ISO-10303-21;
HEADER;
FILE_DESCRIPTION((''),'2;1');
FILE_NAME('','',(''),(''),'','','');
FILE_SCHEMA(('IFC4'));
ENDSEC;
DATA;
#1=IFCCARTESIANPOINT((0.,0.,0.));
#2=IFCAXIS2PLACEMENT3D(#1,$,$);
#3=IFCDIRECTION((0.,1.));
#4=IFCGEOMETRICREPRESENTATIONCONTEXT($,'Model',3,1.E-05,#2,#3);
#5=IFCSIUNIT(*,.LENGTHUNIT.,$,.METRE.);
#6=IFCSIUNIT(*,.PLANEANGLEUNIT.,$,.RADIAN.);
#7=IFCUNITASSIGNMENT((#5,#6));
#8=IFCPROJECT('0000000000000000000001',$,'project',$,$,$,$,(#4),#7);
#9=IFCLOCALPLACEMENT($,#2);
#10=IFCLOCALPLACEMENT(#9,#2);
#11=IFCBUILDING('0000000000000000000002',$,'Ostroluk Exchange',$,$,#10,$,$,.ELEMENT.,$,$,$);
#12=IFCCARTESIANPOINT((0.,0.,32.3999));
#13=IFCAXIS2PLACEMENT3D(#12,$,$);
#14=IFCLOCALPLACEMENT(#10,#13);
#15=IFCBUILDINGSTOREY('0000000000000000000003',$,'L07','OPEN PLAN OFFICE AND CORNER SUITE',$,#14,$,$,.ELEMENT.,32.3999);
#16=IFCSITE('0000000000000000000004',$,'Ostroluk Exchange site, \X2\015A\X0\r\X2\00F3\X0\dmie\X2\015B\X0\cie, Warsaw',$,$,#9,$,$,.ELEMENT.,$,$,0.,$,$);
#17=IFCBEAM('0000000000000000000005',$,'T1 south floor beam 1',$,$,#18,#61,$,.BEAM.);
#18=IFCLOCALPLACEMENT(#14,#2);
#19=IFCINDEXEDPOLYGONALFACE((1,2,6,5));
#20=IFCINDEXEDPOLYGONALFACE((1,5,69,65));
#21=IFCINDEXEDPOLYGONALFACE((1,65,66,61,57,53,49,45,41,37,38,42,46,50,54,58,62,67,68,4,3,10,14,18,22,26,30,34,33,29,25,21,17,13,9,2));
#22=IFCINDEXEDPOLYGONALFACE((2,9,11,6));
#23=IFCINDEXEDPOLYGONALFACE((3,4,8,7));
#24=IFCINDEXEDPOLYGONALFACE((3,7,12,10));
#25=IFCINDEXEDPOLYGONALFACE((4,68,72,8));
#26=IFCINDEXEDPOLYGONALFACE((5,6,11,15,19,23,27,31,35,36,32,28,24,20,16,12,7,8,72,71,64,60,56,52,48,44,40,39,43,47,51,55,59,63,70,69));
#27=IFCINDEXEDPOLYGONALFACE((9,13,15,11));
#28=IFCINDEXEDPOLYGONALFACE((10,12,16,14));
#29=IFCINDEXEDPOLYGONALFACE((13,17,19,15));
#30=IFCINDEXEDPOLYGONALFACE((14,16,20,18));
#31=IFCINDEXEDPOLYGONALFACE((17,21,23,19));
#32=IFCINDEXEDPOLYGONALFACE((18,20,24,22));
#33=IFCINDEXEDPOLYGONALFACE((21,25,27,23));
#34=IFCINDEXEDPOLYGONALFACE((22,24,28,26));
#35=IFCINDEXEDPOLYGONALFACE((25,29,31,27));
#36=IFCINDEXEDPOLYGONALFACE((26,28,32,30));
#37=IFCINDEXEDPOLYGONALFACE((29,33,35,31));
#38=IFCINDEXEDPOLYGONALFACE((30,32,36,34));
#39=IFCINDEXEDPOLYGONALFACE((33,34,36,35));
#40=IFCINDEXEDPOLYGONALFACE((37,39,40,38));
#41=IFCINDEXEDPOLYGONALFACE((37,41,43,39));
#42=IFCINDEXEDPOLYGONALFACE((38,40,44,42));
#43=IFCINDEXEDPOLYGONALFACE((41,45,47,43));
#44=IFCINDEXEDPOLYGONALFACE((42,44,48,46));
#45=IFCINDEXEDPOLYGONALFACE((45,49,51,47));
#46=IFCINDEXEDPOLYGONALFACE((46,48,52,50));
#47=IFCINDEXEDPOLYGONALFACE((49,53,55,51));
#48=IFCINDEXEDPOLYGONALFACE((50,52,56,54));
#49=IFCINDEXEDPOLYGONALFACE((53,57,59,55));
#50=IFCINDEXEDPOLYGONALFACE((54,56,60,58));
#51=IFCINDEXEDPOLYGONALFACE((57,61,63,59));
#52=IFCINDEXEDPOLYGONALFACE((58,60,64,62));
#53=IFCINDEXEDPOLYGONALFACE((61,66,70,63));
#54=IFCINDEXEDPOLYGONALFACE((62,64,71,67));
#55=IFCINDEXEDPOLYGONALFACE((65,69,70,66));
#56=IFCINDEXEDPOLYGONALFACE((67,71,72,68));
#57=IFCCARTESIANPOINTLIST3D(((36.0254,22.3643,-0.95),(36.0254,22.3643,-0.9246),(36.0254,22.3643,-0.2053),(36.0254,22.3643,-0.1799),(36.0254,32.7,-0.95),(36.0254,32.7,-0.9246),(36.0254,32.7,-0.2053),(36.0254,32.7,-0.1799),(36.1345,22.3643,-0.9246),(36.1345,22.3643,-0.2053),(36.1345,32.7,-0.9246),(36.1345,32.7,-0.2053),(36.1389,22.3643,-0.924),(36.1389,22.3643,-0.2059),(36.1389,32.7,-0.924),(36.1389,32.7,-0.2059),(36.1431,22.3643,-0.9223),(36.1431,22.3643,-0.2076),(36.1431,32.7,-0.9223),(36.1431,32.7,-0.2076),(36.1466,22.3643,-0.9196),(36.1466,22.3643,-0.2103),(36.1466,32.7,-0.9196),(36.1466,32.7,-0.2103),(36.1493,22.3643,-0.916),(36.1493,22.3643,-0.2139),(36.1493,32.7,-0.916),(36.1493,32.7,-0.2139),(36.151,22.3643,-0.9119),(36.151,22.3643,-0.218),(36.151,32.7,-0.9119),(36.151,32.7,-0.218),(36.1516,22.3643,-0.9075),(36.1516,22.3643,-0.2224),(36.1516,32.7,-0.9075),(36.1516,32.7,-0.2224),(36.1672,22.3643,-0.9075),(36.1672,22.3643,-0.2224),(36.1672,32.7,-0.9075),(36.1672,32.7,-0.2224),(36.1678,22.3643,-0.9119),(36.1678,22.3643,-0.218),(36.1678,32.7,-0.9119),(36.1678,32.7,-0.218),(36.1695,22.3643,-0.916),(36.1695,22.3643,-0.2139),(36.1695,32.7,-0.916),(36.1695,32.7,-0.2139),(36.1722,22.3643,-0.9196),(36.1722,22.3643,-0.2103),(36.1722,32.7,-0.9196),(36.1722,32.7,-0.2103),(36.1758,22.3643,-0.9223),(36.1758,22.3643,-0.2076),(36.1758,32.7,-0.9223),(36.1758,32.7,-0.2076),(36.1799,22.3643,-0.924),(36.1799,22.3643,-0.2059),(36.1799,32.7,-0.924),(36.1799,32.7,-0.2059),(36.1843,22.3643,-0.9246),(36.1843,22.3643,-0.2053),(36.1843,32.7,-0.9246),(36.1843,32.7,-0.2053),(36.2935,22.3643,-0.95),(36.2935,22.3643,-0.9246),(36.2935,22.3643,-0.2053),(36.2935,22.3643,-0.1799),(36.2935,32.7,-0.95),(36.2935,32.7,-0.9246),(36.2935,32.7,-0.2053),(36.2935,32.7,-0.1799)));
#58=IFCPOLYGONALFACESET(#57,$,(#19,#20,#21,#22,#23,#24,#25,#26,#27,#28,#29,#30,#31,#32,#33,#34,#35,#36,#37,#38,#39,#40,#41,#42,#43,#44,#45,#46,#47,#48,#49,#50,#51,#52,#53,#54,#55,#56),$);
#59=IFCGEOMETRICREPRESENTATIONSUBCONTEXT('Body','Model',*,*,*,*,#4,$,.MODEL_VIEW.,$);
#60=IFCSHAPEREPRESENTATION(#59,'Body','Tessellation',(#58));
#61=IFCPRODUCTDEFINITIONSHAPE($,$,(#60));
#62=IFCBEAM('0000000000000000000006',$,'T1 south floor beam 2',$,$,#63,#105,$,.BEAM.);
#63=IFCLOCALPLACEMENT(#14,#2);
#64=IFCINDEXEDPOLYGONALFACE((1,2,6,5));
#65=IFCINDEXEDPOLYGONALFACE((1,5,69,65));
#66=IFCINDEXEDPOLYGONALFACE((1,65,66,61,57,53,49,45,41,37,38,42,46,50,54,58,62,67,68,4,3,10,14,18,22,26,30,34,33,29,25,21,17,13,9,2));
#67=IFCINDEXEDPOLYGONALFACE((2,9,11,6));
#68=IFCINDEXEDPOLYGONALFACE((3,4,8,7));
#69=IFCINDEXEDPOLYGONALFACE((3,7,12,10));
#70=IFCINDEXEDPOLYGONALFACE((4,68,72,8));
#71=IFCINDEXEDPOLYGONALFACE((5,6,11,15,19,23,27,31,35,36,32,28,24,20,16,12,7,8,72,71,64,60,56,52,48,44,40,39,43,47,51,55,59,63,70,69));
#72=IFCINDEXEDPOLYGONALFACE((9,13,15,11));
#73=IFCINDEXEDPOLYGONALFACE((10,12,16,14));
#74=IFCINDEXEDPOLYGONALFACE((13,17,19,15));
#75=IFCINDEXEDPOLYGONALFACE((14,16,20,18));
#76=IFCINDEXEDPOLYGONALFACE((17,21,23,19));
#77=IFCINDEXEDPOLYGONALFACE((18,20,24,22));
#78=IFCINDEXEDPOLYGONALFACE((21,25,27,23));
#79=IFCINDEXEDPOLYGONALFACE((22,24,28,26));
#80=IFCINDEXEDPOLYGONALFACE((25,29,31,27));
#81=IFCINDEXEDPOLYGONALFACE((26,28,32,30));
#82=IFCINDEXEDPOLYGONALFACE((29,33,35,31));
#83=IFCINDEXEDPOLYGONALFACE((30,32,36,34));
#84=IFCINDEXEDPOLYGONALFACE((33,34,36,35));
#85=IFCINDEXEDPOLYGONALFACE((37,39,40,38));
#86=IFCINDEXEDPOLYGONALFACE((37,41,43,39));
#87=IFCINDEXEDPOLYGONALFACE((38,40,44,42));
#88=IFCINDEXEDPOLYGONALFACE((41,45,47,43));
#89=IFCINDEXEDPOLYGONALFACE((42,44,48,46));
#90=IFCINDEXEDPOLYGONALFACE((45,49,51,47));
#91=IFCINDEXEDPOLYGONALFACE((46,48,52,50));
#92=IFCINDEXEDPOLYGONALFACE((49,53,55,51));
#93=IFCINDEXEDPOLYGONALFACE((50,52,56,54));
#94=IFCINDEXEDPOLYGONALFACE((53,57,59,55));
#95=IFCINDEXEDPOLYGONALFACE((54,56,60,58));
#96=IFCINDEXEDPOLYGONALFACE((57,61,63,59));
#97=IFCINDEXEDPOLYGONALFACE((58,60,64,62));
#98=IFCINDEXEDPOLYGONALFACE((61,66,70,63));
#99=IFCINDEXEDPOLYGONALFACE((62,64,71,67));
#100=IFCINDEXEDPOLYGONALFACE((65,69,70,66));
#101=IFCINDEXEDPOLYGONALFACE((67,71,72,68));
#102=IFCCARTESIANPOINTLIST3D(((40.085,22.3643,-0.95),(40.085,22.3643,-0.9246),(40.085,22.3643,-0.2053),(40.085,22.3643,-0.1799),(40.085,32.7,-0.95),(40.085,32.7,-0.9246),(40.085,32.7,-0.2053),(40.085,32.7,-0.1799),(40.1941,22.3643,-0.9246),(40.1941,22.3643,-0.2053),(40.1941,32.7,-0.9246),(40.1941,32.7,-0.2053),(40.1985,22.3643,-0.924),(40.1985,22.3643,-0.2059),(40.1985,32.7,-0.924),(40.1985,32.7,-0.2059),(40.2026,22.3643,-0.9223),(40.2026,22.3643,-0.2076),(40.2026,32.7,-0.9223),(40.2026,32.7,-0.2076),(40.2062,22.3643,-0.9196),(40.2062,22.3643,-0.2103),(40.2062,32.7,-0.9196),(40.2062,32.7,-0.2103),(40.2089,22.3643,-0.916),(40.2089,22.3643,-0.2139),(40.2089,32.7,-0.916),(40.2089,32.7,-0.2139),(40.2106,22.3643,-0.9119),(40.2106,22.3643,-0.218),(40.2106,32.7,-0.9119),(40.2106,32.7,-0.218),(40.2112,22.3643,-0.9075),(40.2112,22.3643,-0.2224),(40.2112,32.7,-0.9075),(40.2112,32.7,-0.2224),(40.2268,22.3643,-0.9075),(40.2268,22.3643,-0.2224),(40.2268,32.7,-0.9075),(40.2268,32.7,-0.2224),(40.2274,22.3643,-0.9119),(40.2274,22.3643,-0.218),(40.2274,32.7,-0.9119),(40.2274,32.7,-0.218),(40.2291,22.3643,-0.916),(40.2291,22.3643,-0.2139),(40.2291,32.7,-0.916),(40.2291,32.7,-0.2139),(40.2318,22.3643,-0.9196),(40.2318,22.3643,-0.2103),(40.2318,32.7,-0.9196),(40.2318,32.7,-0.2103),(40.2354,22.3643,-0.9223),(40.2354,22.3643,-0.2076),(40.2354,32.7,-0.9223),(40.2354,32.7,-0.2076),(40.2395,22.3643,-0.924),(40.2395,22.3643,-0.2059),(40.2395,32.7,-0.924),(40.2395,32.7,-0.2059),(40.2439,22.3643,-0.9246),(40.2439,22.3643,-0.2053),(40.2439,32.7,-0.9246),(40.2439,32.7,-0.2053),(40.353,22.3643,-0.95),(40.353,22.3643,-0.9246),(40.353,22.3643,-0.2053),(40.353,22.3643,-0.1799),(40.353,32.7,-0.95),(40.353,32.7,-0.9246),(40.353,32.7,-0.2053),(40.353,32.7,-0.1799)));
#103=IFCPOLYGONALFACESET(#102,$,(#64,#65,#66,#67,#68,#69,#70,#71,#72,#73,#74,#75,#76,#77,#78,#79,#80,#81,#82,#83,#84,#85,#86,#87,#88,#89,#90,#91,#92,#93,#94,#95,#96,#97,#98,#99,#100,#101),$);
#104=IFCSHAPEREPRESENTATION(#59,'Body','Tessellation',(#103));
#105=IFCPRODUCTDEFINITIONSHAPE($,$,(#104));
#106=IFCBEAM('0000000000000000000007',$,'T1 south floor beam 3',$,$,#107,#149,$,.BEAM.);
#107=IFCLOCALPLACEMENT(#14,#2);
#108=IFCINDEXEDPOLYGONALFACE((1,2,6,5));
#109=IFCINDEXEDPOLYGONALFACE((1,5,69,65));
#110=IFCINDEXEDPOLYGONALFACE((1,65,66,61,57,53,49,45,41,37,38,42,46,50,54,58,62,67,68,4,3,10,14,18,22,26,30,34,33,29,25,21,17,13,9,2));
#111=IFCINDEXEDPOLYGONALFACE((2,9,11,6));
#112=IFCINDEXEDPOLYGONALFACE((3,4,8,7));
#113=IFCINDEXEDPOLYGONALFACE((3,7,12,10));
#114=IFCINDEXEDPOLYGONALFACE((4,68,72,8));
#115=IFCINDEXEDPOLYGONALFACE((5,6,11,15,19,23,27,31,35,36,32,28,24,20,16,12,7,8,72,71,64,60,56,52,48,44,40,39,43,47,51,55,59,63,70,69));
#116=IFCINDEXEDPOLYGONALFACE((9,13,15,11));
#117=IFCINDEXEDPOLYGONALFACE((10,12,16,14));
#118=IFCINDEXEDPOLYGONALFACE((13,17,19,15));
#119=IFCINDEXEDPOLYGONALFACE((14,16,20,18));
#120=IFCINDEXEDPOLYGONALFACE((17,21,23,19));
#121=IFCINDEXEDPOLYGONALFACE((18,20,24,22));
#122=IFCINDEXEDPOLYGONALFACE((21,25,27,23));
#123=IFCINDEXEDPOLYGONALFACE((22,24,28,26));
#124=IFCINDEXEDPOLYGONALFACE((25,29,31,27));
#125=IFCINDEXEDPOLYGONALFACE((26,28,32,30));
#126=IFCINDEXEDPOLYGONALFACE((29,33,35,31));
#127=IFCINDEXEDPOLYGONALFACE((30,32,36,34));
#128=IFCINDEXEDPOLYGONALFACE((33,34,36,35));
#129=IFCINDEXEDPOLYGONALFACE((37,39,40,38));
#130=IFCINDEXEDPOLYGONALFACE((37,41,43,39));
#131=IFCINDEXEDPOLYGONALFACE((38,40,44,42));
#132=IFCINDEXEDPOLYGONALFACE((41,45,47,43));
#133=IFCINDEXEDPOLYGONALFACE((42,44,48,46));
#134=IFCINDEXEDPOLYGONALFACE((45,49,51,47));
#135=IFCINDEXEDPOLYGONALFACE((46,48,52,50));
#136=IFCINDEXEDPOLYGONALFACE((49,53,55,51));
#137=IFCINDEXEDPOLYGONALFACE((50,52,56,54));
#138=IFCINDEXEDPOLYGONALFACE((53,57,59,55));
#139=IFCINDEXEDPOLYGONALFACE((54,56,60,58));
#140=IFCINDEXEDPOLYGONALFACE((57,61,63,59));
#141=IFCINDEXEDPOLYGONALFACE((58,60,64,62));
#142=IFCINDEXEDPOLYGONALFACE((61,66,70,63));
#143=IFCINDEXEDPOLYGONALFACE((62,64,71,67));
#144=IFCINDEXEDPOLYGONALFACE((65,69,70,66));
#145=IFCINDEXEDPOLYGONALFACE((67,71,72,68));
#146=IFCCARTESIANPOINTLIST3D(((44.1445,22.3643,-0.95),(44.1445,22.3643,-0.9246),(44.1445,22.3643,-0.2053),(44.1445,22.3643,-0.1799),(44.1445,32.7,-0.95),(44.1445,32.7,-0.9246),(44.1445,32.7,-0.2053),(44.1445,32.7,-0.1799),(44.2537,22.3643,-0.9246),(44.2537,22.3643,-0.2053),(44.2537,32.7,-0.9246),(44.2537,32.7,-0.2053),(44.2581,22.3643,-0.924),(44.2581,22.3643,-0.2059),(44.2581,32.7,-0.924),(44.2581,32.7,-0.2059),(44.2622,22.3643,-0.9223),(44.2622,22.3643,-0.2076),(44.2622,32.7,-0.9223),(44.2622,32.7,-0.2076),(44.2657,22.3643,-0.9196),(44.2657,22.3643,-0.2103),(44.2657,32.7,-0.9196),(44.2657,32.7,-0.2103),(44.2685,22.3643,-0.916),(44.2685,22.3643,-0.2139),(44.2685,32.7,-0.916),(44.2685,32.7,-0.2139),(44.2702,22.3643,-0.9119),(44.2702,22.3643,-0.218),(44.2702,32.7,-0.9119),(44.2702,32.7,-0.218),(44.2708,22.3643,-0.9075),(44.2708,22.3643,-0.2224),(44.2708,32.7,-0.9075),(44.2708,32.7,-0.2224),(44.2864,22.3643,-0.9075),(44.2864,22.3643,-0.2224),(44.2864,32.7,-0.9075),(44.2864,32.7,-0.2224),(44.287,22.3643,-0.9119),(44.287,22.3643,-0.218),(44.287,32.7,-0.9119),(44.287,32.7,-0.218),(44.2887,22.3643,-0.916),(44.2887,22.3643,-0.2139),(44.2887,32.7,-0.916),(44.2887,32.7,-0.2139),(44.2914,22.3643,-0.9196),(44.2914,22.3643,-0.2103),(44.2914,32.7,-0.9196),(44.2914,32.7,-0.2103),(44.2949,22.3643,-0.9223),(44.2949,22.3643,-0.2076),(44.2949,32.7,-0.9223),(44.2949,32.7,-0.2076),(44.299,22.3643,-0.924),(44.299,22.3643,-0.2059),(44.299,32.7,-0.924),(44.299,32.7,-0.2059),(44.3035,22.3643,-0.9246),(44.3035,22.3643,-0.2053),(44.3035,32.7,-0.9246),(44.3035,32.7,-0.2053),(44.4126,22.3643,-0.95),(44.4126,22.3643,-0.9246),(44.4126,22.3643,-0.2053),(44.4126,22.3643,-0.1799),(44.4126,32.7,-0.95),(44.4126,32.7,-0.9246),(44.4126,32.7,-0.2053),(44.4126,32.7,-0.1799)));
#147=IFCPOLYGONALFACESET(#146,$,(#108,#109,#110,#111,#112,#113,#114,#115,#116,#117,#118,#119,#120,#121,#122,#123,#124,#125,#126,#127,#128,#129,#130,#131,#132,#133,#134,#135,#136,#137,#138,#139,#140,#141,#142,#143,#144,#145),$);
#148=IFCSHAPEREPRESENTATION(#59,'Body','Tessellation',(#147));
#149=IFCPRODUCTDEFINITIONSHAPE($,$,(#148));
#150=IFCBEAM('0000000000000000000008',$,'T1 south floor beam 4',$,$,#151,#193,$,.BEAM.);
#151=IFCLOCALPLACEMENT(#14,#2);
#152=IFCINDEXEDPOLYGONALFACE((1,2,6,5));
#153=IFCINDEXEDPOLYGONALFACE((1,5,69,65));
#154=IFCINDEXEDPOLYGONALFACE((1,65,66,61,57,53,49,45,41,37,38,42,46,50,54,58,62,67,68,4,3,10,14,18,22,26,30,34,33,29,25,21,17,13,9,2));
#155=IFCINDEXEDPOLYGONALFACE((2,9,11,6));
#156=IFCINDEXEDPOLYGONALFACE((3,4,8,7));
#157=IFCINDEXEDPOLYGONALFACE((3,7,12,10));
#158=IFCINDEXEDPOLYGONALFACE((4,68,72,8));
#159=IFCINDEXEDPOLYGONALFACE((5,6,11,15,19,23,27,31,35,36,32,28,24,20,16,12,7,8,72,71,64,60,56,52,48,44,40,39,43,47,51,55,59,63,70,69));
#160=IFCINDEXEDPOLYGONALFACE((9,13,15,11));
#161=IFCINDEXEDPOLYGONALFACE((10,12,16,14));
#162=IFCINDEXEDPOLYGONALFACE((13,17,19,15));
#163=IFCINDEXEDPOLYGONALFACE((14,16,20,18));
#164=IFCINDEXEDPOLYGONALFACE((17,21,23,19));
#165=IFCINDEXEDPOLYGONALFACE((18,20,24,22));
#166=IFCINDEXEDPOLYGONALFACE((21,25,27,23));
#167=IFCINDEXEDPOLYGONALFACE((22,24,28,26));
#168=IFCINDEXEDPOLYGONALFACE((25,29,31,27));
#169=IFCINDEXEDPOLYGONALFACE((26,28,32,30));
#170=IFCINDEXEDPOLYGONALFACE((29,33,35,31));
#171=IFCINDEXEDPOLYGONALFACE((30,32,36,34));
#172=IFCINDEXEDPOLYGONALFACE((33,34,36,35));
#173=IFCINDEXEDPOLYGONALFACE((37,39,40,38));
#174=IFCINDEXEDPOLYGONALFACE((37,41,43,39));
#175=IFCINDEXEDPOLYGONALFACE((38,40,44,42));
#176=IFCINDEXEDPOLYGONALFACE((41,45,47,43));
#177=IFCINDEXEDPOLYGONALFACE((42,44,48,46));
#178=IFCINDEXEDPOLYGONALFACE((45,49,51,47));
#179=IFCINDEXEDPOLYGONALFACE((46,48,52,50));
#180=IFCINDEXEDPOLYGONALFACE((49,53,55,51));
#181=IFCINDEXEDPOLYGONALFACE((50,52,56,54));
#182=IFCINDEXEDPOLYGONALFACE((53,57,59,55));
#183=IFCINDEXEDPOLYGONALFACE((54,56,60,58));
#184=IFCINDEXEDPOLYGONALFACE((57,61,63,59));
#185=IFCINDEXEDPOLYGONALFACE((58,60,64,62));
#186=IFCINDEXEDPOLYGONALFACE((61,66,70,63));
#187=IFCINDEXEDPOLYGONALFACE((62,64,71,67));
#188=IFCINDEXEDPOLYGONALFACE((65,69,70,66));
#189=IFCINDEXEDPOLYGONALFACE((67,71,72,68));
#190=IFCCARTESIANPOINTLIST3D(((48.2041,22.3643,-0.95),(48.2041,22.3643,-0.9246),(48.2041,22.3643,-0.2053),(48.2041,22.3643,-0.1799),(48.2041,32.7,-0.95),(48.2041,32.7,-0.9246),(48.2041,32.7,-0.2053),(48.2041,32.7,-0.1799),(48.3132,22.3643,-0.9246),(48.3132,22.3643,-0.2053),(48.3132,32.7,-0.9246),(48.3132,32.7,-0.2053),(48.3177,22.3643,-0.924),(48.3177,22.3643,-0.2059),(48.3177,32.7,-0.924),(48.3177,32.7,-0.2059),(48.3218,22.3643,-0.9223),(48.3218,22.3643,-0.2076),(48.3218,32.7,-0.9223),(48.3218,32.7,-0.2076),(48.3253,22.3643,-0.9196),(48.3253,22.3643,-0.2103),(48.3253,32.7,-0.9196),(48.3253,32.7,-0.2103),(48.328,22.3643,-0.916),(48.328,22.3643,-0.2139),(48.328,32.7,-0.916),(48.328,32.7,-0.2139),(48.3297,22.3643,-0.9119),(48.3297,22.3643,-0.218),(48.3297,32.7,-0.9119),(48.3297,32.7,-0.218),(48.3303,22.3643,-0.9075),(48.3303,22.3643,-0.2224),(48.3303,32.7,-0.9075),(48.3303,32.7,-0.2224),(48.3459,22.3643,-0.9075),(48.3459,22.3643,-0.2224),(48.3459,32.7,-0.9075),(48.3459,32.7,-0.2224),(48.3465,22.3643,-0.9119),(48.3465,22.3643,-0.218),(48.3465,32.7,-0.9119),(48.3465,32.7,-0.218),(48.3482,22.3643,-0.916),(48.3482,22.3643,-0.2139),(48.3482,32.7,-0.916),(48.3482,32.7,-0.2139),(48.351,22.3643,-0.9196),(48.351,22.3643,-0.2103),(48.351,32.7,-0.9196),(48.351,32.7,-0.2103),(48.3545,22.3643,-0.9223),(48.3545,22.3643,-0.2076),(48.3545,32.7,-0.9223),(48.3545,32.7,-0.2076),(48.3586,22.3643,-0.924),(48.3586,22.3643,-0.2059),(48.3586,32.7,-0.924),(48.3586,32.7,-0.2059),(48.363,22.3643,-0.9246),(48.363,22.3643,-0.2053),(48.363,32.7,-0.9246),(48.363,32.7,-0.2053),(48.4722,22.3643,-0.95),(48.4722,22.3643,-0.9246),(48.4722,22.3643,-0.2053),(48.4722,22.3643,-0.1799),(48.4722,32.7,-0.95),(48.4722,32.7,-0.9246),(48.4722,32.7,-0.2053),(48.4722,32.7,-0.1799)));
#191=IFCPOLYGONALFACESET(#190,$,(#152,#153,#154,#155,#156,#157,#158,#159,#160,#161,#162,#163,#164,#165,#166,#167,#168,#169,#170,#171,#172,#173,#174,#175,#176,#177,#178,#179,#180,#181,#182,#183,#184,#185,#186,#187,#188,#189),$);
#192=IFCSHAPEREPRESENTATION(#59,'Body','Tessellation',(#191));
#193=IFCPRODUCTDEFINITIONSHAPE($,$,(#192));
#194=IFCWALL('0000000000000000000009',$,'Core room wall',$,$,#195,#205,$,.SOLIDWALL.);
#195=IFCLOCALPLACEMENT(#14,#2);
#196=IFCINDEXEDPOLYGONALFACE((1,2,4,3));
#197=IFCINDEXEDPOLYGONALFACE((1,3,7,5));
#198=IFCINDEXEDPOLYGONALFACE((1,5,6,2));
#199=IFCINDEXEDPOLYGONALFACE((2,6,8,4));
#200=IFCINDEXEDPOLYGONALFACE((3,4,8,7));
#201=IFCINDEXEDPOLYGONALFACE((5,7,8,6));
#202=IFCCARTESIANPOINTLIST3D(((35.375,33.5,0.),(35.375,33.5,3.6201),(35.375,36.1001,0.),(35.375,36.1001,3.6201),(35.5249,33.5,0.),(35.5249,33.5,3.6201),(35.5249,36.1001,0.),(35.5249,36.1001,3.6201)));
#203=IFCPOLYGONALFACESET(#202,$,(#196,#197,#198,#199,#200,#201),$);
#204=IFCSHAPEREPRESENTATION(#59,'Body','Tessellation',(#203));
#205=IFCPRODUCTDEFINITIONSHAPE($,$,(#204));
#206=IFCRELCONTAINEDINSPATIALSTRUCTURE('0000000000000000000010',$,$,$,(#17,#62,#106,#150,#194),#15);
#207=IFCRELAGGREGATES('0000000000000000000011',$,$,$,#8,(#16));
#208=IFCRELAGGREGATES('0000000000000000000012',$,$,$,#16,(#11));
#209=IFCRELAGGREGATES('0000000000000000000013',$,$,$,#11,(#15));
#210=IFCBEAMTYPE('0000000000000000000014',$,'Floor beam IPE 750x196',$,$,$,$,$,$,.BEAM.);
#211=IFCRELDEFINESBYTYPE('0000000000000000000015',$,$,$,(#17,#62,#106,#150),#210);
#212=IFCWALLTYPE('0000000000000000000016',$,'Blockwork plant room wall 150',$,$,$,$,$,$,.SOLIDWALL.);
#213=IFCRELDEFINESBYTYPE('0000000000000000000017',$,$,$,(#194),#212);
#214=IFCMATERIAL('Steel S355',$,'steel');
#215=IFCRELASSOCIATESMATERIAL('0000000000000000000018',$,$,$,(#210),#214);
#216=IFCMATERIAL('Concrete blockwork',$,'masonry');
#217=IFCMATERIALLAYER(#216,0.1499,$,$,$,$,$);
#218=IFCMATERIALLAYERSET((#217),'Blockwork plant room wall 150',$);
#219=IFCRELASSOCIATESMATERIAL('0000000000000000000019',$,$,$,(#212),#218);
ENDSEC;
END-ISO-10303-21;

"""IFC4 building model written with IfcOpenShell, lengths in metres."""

from ifc_helpers import new_model, si_unit, direction, frame, frame_2d, origin, origin_2d, place, context, subcontext, project, spatial, rectangle, i_section, extrude, material, layer, layer_set, material_profile, profile_set, type_object, element, save


model = new_model("IFC4")

# Units and contexts
model_context = context("Model", 3, precision=1e-05, world=origin(), true_north=direction((0.0, 1.0)))
body_context = subcontext(model_context, "Body", "Model", "MODEL_VIEW")
ifc_project = project(units=[si_unit("LENGTHUNIT", "METRE"), si_unit("PLANEANGLEUNIT", "RADIAN")], contexts=[model_context])

# Site, building, storey
site_placement = place(None, origin())
site = spatial("IfcSite", under=ifc_project, at=site_placement, Name="Ostroluk Exchange site, Śródmieście, Warsaw", CompositionType="ELEMENT", RefElevation=0.0)
building_placement = place(site_placement, origin())
building = spatial("IfcBuilding", under=site, at=building_placement, Name="Ostroluk Exchange", CompositionType="ELEMENT")
storey_placement = place(building_placement, frame((0.0, 0.0, 32.3999)))
storey = spatial("IfcBuildingStorey", under=building, at=storey_placement, Name="L07", Description="OPEN PLAN OFFICE AND CORNER SUITE", CompositionType="ELEMENT", Elevation=32.3999)

# Beams
ifc_material_1 = material(Name="Steel S355", Category="steel")
ifc_material_profile = material_profile(ifc_material_1, i_section(OverallWidth=0.2681, OverallDepth=0.77, WebThickness=0.0156, FlangeThickness=0.0254, FilletRadius=0.0171, at=origin_2d()), Name="IPE 750x196")
ifc_profile_set = profile_set([ifc_material_profile], Name="Steel S355")
beam_type = type_object("IfcBeamType", Name="Floor beam IPE 750x196", PredefinedType="BEAM", material=ifc_profile_set)
for number, where, z_axis, x_axis, name in (
    (1, (36.1594, 32.7, -0.5649), (0.0, -1.0, 0.0), (1.0, 0.0, 0.0), "T1 south floor beam 1"),
    (2, (40.219, 32.7, -0.5649), (0.0, -1.0, 0.0), (1.0, 0.0, 0.0), "T1 south floor beam 2"),
    (3, (44.2786, 32.7, -0.5649), (0.0, -1.0, 0.0), (1.0, 0.0, 0.0), "T1 south floor beam 3"),
    (4, (48.3381, 32.7, -0.5649), (0.0, -1.0, 0.0), (1.0, 0.0, 0.0), "T1 south floor beam 4"),
):
    element("IfcBeam", number, at=place(storey_placement, frame(where, z_axis=z_axis, x_axis=x_axis)), inside=storey, type_object=beam_type, Name=name, PredefinedType="BEAM", context=body_context, shape_type="SweptSolid", body=[
        extrude(i_section(OverallWidth=0.2681, OverallDepth=0.77, WebThickness=0.0156, FlangeThickness=0.0254, FilletRadius=0.0171, at=origin_2d()), origin(), (0.0, 0.0, 1.0), 10.3357),
    ])

# Wall
ifc_material_2 = material(Name="Concrete blockwork", Category="masonry")
ifc_layer_1 = layer(ifc_material_2, 0.1499)
ifc_layer_set_1 = layer_set([ifc_layer_1], Name="Blockwork plant room wall 150")
wall_type_1 = type_object("IfcWallType", Name="Blockwork plant room wall 150", PredefinedType="SOLIDWALL", material=ifc_layer_set_1)
wall_1_placement = place(storey_placement, frame((35.45, 33.5, 0.0), z_axis=(0.0, 0.0, 1.0), x_axis=(0.0, 1.0, 0.0)))
element("IfcWall", 5, at=wall_1_placement, inside=storey, type_object=wall_type_1, Name="Core room wall", PredefinedType="SOLIDWALL", context=body_context, shape_type="SweptSolid", body=[
    extrude(rectangle(XDim=2.6001, YDim=0.1499, at=frame_2d((1.3, 0.0))), origin(), (0.0, 0.0, 1.0), 3.6201),
])

save(model, "model.ifc")
